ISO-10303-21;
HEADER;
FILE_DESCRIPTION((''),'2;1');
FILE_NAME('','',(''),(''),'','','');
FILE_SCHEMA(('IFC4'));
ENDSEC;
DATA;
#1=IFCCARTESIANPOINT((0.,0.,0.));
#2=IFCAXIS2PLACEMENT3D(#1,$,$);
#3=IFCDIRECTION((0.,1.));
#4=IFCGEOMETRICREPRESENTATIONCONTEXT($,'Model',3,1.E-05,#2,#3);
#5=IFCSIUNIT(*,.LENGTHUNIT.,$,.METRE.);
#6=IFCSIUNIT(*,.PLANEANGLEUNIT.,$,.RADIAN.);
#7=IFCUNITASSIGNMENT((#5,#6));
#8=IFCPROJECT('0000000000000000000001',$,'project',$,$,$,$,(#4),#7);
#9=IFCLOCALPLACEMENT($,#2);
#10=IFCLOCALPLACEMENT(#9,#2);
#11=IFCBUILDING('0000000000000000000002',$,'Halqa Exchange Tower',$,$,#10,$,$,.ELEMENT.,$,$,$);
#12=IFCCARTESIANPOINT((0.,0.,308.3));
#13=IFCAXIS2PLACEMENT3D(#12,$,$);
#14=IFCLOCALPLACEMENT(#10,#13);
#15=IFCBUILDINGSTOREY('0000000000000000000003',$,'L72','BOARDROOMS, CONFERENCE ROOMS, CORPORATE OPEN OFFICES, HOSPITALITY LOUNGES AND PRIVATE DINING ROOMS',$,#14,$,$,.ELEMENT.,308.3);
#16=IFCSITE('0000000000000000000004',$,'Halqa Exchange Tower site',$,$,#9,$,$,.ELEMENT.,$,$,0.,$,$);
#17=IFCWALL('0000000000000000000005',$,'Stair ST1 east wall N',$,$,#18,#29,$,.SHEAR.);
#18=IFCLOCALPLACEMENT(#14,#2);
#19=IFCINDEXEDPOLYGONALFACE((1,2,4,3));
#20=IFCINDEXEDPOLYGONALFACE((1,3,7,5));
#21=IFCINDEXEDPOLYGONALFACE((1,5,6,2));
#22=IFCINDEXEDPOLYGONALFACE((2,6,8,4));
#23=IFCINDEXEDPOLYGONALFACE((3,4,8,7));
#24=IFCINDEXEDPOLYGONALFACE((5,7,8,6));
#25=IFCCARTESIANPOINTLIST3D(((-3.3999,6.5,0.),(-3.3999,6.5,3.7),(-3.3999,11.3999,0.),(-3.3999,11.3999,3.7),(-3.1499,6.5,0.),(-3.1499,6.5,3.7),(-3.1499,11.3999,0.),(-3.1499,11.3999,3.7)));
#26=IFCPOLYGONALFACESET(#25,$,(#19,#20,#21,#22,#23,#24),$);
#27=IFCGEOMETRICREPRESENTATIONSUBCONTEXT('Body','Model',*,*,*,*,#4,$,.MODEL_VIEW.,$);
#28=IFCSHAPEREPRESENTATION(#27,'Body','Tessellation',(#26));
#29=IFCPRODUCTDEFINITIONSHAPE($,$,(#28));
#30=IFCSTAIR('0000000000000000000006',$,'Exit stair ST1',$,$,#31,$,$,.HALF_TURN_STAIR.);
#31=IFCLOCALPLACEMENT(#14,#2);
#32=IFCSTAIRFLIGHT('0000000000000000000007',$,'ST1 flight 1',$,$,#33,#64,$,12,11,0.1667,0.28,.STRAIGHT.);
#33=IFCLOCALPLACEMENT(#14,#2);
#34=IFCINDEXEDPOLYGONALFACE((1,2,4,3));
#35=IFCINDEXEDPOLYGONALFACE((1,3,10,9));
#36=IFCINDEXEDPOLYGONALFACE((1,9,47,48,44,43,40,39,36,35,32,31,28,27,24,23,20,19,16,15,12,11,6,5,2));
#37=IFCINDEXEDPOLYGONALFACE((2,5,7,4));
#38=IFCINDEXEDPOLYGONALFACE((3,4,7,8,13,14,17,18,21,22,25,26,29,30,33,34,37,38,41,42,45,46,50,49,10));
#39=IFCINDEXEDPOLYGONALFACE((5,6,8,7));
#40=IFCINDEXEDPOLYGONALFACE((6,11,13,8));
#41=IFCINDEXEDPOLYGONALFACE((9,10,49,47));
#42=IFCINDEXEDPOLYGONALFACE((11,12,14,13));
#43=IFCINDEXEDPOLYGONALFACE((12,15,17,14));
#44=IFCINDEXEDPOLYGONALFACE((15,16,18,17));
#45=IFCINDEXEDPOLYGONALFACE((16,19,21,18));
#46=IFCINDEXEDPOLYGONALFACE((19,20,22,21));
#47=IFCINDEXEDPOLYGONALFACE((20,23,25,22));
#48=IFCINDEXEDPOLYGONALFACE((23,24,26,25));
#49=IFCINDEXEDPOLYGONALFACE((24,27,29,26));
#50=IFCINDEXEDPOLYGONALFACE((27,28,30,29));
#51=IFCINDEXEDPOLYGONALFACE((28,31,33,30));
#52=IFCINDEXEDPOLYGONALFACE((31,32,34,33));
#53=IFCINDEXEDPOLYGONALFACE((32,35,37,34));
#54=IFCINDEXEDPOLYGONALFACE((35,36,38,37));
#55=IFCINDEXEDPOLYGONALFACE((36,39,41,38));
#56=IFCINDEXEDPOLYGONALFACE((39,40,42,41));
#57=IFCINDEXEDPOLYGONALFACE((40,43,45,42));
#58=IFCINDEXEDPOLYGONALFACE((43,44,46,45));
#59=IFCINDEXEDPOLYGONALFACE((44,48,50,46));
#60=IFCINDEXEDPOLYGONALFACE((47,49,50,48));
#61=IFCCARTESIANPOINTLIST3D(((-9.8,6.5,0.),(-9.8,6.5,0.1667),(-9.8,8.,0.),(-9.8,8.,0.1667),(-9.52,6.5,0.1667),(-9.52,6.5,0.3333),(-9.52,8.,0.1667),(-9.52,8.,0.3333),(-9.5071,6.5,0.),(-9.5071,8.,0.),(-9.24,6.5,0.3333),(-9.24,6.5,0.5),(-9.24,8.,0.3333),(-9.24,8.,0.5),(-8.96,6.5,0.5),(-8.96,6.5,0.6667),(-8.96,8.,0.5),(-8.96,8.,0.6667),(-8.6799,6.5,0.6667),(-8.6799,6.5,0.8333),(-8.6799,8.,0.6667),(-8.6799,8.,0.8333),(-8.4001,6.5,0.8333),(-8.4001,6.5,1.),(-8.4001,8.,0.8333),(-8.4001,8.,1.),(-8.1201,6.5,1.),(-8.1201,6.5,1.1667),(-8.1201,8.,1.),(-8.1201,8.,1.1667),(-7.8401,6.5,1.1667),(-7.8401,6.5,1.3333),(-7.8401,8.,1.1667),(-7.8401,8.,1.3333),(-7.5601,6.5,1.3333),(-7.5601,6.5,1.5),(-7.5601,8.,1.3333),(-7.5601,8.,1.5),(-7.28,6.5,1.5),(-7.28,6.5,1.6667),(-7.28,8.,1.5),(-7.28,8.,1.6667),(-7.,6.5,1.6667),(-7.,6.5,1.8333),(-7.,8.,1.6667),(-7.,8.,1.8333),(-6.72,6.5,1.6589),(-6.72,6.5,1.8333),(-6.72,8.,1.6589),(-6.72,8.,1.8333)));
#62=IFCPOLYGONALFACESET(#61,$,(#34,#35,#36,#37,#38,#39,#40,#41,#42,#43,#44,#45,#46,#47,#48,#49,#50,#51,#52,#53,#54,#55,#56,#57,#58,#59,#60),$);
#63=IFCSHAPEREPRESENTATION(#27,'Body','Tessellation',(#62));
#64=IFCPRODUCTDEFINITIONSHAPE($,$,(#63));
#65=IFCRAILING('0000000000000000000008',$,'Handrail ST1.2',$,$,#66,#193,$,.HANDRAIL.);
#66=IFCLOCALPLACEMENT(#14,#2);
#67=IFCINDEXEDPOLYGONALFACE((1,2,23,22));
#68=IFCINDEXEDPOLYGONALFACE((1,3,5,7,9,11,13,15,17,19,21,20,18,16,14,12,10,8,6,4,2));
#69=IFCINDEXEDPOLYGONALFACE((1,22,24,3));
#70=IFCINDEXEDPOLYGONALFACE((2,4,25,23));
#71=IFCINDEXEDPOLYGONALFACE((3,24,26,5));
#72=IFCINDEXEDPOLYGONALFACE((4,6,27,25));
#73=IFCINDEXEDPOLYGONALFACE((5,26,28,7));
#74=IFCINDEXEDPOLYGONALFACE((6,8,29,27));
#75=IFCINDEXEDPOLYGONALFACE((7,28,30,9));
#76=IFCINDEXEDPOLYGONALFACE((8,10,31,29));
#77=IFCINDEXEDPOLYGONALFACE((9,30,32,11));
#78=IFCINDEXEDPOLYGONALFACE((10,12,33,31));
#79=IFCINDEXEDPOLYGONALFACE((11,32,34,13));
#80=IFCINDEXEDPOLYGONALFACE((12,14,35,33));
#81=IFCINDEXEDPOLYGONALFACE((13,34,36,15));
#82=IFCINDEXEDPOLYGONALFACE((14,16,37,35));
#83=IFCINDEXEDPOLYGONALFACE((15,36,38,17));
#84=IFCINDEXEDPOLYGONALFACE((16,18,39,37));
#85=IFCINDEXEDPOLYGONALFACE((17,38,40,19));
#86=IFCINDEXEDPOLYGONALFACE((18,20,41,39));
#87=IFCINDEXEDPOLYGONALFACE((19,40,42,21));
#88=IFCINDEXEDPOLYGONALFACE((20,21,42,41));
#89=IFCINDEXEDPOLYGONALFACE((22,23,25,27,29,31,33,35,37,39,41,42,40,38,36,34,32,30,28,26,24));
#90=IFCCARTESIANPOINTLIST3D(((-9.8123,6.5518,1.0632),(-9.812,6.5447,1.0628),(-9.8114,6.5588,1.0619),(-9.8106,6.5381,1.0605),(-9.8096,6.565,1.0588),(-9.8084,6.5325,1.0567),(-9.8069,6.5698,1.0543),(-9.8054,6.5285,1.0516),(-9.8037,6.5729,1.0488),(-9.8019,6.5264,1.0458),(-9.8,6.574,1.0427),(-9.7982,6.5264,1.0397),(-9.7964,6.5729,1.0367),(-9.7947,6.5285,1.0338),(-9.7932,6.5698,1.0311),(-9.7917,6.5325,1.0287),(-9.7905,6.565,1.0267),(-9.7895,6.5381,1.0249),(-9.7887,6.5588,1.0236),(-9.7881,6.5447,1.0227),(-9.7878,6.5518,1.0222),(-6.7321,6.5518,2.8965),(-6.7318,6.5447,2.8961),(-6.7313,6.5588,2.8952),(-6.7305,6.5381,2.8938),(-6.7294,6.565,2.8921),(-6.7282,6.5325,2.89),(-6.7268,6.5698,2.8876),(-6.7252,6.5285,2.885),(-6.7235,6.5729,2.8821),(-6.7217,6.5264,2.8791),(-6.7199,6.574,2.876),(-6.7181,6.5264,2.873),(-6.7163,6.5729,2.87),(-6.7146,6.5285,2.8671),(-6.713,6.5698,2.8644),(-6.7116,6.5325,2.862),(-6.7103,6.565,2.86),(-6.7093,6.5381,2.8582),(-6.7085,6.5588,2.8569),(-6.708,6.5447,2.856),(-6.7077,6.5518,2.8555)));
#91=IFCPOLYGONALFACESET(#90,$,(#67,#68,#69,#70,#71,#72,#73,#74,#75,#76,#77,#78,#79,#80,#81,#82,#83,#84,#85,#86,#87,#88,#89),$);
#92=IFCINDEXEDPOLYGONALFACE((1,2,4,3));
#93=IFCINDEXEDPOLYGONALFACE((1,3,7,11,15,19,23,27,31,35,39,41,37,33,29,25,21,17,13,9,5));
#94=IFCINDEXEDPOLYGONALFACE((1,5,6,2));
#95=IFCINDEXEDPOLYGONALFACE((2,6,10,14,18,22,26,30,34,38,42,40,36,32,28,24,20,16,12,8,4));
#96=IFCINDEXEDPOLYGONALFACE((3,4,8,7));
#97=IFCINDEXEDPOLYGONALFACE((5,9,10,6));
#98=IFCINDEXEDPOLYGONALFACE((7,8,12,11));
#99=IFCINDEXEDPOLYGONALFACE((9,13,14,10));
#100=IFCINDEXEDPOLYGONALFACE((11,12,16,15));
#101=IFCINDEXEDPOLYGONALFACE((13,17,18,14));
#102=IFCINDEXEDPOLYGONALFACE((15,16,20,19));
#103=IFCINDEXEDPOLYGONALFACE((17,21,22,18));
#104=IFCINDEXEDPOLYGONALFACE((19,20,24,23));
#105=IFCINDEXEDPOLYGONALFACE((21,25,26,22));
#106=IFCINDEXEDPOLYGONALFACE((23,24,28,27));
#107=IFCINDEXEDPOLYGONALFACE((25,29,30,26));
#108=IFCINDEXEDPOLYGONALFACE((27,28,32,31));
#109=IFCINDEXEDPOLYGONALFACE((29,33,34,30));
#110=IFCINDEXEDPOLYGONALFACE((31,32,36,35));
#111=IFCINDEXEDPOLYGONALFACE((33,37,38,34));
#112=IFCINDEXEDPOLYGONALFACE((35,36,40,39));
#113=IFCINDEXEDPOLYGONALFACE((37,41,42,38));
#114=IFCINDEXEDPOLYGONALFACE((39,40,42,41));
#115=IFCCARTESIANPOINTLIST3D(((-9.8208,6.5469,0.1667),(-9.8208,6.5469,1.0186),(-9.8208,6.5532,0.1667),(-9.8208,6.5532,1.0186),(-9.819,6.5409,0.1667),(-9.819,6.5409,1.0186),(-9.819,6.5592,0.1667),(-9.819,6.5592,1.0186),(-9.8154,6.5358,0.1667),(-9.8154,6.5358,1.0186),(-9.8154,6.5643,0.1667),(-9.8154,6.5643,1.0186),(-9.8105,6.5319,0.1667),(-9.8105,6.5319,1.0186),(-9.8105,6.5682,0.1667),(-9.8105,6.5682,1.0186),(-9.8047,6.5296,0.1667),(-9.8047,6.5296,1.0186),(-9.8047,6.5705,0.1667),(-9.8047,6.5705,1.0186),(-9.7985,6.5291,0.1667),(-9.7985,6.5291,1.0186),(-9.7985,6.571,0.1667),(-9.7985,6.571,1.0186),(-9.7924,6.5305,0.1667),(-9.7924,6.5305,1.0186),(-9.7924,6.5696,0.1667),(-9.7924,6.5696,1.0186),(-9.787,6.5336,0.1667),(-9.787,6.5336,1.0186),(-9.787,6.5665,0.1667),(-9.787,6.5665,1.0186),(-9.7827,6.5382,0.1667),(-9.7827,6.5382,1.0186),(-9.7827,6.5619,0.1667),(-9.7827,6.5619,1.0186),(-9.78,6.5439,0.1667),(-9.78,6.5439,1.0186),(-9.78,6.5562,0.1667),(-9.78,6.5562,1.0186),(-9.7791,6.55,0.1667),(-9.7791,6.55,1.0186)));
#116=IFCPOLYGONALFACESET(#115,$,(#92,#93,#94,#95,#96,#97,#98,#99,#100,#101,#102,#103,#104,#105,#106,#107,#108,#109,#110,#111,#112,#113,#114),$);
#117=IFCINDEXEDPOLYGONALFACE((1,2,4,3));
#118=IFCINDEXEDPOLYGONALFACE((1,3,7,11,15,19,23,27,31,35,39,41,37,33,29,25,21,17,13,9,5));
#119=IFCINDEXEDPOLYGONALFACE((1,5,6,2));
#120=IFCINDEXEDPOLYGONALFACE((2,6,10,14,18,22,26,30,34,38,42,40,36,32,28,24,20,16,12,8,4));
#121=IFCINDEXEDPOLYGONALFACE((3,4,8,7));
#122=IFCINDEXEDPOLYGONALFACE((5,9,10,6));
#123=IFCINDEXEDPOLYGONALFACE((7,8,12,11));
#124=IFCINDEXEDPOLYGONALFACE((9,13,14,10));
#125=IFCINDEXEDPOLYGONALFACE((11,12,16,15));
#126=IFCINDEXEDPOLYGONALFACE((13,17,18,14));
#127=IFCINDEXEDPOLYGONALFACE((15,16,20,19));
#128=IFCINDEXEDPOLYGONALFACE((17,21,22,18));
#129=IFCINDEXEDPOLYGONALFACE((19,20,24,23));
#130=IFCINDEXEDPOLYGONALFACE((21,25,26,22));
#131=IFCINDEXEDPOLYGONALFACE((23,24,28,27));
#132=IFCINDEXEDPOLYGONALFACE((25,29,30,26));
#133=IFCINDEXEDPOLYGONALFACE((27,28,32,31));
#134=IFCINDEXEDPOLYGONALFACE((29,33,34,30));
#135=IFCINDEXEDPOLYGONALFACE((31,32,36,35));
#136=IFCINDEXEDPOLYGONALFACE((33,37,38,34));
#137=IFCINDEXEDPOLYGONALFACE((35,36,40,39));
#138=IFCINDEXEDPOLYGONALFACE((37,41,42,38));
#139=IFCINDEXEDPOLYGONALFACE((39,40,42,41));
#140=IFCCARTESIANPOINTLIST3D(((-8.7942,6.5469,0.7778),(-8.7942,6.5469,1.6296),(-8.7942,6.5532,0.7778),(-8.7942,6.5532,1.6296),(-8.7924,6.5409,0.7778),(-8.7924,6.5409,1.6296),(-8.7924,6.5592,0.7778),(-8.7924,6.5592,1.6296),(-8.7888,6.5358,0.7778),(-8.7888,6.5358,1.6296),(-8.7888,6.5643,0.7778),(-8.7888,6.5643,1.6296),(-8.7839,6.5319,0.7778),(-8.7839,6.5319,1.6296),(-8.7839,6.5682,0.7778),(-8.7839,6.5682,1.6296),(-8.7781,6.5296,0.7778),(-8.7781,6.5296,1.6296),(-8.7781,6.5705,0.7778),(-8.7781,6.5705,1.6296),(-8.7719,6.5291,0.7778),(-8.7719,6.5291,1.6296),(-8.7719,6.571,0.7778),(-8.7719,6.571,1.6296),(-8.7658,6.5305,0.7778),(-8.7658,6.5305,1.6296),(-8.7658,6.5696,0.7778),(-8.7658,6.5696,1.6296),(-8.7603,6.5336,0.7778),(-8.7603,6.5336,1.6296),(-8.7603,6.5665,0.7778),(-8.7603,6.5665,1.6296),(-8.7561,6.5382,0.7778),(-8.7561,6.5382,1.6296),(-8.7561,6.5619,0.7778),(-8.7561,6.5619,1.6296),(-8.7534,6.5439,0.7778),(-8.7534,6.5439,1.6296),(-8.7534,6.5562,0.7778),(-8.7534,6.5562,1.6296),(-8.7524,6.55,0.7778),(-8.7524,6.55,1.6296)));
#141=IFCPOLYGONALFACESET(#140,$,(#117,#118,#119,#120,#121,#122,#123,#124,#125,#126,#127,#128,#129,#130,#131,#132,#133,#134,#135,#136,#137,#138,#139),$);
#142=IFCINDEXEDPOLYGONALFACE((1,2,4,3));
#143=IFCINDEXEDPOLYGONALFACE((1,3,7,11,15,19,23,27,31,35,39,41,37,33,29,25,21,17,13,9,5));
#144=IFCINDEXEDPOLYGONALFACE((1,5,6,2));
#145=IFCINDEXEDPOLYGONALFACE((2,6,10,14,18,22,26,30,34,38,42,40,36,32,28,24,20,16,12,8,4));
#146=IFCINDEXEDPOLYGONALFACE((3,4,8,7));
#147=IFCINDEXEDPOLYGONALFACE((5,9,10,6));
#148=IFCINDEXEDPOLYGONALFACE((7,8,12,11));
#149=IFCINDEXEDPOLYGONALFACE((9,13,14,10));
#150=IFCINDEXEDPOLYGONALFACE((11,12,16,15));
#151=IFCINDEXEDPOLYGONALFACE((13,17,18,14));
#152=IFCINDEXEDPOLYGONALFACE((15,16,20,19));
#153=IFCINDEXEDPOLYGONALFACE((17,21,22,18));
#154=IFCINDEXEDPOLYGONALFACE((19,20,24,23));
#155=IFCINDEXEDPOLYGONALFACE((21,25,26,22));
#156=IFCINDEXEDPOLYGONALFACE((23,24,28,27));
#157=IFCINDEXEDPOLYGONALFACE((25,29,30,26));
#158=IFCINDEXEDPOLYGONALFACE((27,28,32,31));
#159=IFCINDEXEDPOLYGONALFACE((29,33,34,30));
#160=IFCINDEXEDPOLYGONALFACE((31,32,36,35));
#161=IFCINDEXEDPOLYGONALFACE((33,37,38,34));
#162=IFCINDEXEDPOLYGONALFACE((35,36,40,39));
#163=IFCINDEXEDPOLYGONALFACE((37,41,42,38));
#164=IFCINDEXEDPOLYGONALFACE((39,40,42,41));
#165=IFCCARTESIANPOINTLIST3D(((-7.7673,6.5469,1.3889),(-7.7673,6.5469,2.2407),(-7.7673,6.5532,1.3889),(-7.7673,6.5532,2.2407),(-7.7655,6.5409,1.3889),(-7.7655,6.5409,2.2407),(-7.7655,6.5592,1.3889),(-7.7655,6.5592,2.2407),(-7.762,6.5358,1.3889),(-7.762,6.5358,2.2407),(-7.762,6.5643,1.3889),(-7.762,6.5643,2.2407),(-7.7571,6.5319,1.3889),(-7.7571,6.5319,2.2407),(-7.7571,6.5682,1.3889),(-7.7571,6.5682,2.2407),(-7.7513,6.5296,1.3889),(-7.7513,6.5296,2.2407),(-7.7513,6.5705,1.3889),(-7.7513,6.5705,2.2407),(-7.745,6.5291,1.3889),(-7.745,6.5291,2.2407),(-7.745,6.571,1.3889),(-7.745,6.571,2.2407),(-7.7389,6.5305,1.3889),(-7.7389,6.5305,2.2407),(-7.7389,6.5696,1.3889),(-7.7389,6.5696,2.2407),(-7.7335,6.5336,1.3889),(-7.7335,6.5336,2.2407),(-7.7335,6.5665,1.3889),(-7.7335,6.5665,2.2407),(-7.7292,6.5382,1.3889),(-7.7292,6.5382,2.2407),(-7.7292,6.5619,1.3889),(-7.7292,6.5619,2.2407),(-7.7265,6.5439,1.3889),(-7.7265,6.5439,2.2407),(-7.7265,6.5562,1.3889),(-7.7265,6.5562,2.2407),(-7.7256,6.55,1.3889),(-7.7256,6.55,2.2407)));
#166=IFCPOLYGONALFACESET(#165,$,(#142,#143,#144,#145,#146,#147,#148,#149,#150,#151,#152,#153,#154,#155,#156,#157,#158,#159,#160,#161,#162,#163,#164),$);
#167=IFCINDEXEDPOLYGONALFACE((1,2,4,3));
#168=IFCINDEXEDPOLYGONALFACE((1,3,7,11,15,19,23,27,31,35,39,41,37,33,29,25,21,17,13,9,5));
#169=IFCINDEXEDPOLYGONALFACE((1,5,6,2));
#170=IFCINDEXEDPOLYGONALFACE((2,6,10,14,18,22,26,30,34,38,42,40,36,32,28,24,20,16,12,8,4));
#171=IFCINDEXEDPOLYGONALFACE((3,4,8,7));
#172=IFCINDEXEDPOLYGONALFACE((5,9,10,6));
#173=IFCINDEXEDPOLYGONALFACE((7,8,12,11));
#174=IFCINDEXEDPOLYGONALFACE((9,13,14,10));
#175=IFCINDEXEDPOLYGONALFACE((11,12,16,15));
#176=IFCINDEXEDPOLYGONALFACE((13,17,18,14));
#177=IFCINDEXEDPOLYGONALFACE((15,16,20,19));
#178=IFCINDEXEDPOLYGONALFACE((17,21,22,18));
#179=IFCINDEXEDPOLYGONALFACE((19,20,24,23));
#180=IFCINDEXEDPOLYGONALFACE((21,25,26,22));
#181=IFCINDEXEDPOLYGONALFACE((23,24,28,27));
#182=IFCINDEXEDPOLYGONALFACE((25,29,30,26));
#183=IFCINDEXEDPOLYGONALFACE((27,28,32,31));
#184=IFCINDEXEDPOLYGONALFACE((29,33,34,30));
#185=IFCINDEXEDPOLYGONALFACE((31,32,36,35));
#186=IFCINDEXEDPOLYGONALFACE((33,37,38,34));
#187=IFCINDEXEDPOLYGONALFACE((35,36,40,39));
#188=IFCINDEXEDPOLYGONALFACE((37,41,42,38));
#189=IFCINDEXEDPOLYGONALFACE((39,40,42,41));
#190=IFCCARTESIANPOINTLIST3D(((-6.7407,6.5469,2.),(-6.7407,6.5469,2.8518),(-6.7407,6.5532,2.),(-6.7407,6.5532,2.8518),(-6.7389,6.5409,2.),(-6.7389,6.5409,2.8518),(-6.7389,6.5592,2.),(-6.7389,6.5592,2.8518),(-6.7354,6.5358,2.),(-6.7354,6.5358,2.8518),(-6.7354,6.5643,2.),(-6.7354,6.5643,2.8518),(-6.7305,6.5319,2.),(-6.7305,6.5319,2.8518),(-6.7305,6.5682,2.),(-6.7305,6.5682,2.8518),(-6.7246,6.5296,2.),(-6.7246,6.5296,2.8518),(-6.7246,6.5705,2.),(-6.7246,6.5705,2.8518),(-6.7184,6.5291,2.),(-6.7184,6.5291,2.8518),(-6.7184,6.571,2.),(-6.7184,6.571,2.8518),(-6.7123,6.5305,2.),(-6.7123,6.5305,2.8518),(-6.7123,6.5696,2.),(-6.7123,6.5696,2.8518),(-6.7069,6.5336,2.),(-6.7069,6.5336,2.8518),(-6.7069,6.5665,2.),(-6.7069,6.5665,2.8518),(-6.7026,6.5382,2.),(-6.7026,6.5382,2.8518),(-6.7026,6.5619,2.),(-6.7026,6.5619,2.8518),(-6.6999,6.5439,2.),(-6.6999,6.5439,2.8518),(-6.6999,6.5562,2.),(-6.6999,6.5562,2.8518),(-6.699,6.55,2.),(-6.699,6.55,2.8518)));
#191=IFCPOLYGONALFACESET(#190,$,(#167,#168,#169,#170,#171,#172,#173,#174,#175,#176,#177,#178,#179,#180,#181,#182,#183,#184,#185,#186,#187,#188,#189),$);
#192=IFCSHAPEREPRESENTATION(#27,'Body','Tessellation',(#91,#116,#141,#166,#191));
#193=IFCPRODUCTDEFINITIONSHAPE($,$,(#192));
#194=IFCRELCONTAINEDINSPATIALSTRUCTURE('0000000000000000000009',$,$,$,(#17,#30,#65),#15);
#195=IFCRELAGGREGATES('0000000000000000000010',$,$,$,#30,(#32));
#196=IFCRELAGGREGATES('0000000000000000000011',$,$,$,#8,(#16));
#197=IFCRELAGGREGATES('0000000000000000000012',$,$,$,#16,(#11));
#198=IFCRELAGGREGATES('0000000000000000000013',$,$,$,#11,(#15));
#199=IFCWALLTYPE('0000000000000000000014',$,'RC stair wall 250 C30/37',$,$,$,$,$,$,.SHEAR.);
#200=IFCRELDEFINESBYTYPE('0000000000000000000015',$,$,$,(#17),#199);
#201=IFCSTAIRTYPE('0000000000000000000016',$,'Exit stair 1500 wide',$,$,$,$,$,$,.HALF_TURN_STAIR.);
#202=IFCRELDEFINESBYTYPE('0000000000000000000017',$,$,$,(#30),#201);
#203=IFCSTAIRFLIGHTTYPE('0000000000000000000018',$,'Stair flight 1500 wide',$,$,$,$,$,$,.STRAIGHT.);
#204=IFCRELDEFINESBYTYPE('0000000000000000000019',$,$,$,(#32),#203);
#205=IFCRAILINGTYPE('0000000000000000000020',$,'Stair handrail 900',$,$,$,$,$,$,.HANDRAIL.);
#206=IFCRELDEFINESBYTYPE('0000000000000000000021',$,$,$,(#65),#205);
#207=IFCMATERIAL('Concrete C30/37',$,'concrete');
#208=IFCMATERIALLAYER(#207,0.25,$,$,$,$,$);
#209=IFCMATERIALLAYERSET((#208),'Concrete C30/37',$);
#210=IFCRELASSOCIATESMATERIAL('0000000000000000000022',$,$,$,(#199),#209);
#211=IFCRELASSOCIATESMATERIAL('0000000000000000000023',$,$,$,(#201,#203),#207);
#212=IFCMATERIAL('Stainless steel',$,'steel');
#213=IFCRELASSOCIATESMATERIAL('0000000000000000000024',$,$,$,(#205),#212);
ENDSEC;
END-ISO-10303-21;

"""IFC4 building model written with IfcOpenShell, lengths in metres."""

from ifc_helpers import new_model, si_unit, direction, frame, frame_2d, origin, origin_2d, place, context, subcontext, project, spatial, polyline, rectangle, circle, outline, extrude, material, layer, layer_set, type_object, element, aggregate, save


model = new_model("IFC4")

# Units and contexts
model_context = context("Model", 3, precision=1e-05, world=origin(), true_north=direction((0.0, 1.0)))
body_context = subcontext(model_context, "Body", "Model", "MODEL_VIEW")
ifc_project = project(units=[si_unit("LENGTHUNIT", "METRE"), si_unit("PLANEANGLEUNIT", "RADIAN")], contexts=[model_context])

# Site, building, storey
site_placement = place(None, origin())
site = spatial("IfcSite", under=ifc_project, at=site_placement, Name="Halqa Exchange Tower site", CompositionType="ELEMENT", RefElevation=0.0)
building_placement = place(site_placement, origin())
building = spatial("IfcBuilding", under=site, at=building_placement, Name="Halqa Exchange Tower", CompositionType="ELEMENT")
storey_placement = place(building_placement, frame((0.0, 0.0, 308.3)))
storey = spatial("IfcBuildingStorey", under=building, at=storey_placement, Name="L72", Description="BOARDROOMS, CONFERENCE ROOMS, CORPORATE OPEN OFFICES, HOSPITALITY LOUNGES AND PRIVATE DINING ROOMS", CompositionType="ELEMENT", Elevation=308.3)

# Shared definitions
ifc_material_1 = material(Name="Stainless steel", Category="steel")

# Wall
ifc_material_2 = material(Name="Concrete C30/37", Category="concrete")
ifc_layer_1 = layer(ifc_material_2, 0.25)
ifc_layer_set_1 = layer_set([ifc_layer_1], Name="Concrete C30/37")
wall_type_1 = type_object("IfcWallType", Name="RC stair wall 250 C30/37", PredefinedType="SHEAR", material=ifc_layer_set_1)
wall_1_placement = place(storey_placement, frame((-3.2749, 6.5, 0.0), z_axis=(0.0, 0.0, 1.0), x_axis=(0.0, 1.0, 0.0)))
element("IfcWall", 1, at=wall_1_placement, inside=storey, type_object=wall_type_1, Name="Stair ST1 east wall N", PredefinedType="SHEAR", context=body_context, shape_type="SweptSolid", body=[
    extrude(rectangle(XDim=4.8999, YDim=0.25, at=frame_2d((2.45, 0.0))), origin(), (0.0, 0.0, 1.0), 3.7),
])

# Stair, stair flight
stair_type = type_object("IfcStairType", Name="Exit stair 1500 wide", PredefinedType="HALF_TURN_STAIR", material=ifc_material_2)
stair_placement = place(storey_placement, origin())
stair = element("IfcStair", 2, at=stair_placement, inside=storey, type_object=stair_type, Name="Exit stair ST1", PredefinedType="HALF_TURN_STAIR")
stair_flight_type = type_object("IfcStairFlightType", Name="Stair flight 1500 wide", PredefinedType="STRAIGHT", material=ifc_material_2)
stair_flight_placement = place(storey_placement, frame((-9.8, 7.25, 0.0), z_axis=(0.0, 0.0, 1.0), x_axis=(1.0, 0.0, 0.0)))
stair_flight = element("IfcStairFlight", 3, at=stair_flight_placement, type_object=stair_flight_type, Name="ST1 flight 1", NumberOfRisers=12, NumberOfTreads=11, PredefinedType="STRAIGHT", RiserHeight=0.1667, TreadLength=0.28, context=body_context, shape_type="SweptSolid", body=[
    extrude(outline(polyline([(0.0, 0.0), (0.0, 0.1667), (0.28, 0.1667), (0.28, 0.3333), (0.5601, 0.3333), (0.5601, 0.5), (0.8401, 0.5), (0.8401, 0.6667), (1.1201, 0.6667), (1.1201, 0.8333), (1.3999, 0.8333), (1.3999, 1.0), (1.6799, 1.0), (1.6799, 1.1667), (1.96, 1.1667), (1.96, 1.3333), (2.24, 1.3333), (2.24, 1.5), (2.52, 1.5), (2.52, 1.6667), (2.8, 1.6667), (2.8, 1.8333), (3.0801, 1.8333), (3.0801, 2.0), (3.0801, 1.6589), (0.293, 0.0), (0.0, 0.0)])), frame((0.0, 0.75, 0.0), z_axis=(0.0, -1.0, 0.0), x_axis=(1.0, 0.0, 0.0)), (0.0, 0.0, 1.0), 1.5),
])
aggregate(stair, [stair_flight])

# Railing
railing_type_1 = type_object("IfcRailingType", Name="Stair handrail 900", PredefinedType="HANDRAIL", material=ifc_material_1)
railing_1_placement = place(storey_placement, frame((-9.8, 6.55, 0.1667)))
element("IfcRailing", 4, at=railing_1_placement, inside=storey, type_object=railing_type_1, Name="Handrail ST1.2", PredefinedType="HANDRAIL", context=body_context, shape_type="SweptSolid", body=[
    extrude(circle(Radius=0.0239, at=origin_2d()), frame((0.0, 0.0, 0.876), z_axis=(0.859309, 0.0, 0.511458), x_axis=(0.0, 1.0, 0.0)), (0.0, 0.0, 1.0), 3.5845),
    extrude(circle(Radius=0.021, at=origin_2d()), origin(), (0.0, 0.0, 1.0), 0.8518),
    extrude(circle(Radius=0.021, at=origin_2d()), frame((1.0266, 0.0, 0.6111)), (0.0, 0.0, 1.0), 0.8518),
    extrude(circle(Radius=0.021, at=origin_2d()), frame((2.0535, 0.0, 1.2222)), (0.0, 0.0, 1.0), 0.8518),
    extrude(circle(Radius=0.021, at=origin_2d()), frame((3.0801, 0.0, 1.8333)), (0.0, 0.0, 1.0), 0.8518),
])

save(model, "model.ifc")
